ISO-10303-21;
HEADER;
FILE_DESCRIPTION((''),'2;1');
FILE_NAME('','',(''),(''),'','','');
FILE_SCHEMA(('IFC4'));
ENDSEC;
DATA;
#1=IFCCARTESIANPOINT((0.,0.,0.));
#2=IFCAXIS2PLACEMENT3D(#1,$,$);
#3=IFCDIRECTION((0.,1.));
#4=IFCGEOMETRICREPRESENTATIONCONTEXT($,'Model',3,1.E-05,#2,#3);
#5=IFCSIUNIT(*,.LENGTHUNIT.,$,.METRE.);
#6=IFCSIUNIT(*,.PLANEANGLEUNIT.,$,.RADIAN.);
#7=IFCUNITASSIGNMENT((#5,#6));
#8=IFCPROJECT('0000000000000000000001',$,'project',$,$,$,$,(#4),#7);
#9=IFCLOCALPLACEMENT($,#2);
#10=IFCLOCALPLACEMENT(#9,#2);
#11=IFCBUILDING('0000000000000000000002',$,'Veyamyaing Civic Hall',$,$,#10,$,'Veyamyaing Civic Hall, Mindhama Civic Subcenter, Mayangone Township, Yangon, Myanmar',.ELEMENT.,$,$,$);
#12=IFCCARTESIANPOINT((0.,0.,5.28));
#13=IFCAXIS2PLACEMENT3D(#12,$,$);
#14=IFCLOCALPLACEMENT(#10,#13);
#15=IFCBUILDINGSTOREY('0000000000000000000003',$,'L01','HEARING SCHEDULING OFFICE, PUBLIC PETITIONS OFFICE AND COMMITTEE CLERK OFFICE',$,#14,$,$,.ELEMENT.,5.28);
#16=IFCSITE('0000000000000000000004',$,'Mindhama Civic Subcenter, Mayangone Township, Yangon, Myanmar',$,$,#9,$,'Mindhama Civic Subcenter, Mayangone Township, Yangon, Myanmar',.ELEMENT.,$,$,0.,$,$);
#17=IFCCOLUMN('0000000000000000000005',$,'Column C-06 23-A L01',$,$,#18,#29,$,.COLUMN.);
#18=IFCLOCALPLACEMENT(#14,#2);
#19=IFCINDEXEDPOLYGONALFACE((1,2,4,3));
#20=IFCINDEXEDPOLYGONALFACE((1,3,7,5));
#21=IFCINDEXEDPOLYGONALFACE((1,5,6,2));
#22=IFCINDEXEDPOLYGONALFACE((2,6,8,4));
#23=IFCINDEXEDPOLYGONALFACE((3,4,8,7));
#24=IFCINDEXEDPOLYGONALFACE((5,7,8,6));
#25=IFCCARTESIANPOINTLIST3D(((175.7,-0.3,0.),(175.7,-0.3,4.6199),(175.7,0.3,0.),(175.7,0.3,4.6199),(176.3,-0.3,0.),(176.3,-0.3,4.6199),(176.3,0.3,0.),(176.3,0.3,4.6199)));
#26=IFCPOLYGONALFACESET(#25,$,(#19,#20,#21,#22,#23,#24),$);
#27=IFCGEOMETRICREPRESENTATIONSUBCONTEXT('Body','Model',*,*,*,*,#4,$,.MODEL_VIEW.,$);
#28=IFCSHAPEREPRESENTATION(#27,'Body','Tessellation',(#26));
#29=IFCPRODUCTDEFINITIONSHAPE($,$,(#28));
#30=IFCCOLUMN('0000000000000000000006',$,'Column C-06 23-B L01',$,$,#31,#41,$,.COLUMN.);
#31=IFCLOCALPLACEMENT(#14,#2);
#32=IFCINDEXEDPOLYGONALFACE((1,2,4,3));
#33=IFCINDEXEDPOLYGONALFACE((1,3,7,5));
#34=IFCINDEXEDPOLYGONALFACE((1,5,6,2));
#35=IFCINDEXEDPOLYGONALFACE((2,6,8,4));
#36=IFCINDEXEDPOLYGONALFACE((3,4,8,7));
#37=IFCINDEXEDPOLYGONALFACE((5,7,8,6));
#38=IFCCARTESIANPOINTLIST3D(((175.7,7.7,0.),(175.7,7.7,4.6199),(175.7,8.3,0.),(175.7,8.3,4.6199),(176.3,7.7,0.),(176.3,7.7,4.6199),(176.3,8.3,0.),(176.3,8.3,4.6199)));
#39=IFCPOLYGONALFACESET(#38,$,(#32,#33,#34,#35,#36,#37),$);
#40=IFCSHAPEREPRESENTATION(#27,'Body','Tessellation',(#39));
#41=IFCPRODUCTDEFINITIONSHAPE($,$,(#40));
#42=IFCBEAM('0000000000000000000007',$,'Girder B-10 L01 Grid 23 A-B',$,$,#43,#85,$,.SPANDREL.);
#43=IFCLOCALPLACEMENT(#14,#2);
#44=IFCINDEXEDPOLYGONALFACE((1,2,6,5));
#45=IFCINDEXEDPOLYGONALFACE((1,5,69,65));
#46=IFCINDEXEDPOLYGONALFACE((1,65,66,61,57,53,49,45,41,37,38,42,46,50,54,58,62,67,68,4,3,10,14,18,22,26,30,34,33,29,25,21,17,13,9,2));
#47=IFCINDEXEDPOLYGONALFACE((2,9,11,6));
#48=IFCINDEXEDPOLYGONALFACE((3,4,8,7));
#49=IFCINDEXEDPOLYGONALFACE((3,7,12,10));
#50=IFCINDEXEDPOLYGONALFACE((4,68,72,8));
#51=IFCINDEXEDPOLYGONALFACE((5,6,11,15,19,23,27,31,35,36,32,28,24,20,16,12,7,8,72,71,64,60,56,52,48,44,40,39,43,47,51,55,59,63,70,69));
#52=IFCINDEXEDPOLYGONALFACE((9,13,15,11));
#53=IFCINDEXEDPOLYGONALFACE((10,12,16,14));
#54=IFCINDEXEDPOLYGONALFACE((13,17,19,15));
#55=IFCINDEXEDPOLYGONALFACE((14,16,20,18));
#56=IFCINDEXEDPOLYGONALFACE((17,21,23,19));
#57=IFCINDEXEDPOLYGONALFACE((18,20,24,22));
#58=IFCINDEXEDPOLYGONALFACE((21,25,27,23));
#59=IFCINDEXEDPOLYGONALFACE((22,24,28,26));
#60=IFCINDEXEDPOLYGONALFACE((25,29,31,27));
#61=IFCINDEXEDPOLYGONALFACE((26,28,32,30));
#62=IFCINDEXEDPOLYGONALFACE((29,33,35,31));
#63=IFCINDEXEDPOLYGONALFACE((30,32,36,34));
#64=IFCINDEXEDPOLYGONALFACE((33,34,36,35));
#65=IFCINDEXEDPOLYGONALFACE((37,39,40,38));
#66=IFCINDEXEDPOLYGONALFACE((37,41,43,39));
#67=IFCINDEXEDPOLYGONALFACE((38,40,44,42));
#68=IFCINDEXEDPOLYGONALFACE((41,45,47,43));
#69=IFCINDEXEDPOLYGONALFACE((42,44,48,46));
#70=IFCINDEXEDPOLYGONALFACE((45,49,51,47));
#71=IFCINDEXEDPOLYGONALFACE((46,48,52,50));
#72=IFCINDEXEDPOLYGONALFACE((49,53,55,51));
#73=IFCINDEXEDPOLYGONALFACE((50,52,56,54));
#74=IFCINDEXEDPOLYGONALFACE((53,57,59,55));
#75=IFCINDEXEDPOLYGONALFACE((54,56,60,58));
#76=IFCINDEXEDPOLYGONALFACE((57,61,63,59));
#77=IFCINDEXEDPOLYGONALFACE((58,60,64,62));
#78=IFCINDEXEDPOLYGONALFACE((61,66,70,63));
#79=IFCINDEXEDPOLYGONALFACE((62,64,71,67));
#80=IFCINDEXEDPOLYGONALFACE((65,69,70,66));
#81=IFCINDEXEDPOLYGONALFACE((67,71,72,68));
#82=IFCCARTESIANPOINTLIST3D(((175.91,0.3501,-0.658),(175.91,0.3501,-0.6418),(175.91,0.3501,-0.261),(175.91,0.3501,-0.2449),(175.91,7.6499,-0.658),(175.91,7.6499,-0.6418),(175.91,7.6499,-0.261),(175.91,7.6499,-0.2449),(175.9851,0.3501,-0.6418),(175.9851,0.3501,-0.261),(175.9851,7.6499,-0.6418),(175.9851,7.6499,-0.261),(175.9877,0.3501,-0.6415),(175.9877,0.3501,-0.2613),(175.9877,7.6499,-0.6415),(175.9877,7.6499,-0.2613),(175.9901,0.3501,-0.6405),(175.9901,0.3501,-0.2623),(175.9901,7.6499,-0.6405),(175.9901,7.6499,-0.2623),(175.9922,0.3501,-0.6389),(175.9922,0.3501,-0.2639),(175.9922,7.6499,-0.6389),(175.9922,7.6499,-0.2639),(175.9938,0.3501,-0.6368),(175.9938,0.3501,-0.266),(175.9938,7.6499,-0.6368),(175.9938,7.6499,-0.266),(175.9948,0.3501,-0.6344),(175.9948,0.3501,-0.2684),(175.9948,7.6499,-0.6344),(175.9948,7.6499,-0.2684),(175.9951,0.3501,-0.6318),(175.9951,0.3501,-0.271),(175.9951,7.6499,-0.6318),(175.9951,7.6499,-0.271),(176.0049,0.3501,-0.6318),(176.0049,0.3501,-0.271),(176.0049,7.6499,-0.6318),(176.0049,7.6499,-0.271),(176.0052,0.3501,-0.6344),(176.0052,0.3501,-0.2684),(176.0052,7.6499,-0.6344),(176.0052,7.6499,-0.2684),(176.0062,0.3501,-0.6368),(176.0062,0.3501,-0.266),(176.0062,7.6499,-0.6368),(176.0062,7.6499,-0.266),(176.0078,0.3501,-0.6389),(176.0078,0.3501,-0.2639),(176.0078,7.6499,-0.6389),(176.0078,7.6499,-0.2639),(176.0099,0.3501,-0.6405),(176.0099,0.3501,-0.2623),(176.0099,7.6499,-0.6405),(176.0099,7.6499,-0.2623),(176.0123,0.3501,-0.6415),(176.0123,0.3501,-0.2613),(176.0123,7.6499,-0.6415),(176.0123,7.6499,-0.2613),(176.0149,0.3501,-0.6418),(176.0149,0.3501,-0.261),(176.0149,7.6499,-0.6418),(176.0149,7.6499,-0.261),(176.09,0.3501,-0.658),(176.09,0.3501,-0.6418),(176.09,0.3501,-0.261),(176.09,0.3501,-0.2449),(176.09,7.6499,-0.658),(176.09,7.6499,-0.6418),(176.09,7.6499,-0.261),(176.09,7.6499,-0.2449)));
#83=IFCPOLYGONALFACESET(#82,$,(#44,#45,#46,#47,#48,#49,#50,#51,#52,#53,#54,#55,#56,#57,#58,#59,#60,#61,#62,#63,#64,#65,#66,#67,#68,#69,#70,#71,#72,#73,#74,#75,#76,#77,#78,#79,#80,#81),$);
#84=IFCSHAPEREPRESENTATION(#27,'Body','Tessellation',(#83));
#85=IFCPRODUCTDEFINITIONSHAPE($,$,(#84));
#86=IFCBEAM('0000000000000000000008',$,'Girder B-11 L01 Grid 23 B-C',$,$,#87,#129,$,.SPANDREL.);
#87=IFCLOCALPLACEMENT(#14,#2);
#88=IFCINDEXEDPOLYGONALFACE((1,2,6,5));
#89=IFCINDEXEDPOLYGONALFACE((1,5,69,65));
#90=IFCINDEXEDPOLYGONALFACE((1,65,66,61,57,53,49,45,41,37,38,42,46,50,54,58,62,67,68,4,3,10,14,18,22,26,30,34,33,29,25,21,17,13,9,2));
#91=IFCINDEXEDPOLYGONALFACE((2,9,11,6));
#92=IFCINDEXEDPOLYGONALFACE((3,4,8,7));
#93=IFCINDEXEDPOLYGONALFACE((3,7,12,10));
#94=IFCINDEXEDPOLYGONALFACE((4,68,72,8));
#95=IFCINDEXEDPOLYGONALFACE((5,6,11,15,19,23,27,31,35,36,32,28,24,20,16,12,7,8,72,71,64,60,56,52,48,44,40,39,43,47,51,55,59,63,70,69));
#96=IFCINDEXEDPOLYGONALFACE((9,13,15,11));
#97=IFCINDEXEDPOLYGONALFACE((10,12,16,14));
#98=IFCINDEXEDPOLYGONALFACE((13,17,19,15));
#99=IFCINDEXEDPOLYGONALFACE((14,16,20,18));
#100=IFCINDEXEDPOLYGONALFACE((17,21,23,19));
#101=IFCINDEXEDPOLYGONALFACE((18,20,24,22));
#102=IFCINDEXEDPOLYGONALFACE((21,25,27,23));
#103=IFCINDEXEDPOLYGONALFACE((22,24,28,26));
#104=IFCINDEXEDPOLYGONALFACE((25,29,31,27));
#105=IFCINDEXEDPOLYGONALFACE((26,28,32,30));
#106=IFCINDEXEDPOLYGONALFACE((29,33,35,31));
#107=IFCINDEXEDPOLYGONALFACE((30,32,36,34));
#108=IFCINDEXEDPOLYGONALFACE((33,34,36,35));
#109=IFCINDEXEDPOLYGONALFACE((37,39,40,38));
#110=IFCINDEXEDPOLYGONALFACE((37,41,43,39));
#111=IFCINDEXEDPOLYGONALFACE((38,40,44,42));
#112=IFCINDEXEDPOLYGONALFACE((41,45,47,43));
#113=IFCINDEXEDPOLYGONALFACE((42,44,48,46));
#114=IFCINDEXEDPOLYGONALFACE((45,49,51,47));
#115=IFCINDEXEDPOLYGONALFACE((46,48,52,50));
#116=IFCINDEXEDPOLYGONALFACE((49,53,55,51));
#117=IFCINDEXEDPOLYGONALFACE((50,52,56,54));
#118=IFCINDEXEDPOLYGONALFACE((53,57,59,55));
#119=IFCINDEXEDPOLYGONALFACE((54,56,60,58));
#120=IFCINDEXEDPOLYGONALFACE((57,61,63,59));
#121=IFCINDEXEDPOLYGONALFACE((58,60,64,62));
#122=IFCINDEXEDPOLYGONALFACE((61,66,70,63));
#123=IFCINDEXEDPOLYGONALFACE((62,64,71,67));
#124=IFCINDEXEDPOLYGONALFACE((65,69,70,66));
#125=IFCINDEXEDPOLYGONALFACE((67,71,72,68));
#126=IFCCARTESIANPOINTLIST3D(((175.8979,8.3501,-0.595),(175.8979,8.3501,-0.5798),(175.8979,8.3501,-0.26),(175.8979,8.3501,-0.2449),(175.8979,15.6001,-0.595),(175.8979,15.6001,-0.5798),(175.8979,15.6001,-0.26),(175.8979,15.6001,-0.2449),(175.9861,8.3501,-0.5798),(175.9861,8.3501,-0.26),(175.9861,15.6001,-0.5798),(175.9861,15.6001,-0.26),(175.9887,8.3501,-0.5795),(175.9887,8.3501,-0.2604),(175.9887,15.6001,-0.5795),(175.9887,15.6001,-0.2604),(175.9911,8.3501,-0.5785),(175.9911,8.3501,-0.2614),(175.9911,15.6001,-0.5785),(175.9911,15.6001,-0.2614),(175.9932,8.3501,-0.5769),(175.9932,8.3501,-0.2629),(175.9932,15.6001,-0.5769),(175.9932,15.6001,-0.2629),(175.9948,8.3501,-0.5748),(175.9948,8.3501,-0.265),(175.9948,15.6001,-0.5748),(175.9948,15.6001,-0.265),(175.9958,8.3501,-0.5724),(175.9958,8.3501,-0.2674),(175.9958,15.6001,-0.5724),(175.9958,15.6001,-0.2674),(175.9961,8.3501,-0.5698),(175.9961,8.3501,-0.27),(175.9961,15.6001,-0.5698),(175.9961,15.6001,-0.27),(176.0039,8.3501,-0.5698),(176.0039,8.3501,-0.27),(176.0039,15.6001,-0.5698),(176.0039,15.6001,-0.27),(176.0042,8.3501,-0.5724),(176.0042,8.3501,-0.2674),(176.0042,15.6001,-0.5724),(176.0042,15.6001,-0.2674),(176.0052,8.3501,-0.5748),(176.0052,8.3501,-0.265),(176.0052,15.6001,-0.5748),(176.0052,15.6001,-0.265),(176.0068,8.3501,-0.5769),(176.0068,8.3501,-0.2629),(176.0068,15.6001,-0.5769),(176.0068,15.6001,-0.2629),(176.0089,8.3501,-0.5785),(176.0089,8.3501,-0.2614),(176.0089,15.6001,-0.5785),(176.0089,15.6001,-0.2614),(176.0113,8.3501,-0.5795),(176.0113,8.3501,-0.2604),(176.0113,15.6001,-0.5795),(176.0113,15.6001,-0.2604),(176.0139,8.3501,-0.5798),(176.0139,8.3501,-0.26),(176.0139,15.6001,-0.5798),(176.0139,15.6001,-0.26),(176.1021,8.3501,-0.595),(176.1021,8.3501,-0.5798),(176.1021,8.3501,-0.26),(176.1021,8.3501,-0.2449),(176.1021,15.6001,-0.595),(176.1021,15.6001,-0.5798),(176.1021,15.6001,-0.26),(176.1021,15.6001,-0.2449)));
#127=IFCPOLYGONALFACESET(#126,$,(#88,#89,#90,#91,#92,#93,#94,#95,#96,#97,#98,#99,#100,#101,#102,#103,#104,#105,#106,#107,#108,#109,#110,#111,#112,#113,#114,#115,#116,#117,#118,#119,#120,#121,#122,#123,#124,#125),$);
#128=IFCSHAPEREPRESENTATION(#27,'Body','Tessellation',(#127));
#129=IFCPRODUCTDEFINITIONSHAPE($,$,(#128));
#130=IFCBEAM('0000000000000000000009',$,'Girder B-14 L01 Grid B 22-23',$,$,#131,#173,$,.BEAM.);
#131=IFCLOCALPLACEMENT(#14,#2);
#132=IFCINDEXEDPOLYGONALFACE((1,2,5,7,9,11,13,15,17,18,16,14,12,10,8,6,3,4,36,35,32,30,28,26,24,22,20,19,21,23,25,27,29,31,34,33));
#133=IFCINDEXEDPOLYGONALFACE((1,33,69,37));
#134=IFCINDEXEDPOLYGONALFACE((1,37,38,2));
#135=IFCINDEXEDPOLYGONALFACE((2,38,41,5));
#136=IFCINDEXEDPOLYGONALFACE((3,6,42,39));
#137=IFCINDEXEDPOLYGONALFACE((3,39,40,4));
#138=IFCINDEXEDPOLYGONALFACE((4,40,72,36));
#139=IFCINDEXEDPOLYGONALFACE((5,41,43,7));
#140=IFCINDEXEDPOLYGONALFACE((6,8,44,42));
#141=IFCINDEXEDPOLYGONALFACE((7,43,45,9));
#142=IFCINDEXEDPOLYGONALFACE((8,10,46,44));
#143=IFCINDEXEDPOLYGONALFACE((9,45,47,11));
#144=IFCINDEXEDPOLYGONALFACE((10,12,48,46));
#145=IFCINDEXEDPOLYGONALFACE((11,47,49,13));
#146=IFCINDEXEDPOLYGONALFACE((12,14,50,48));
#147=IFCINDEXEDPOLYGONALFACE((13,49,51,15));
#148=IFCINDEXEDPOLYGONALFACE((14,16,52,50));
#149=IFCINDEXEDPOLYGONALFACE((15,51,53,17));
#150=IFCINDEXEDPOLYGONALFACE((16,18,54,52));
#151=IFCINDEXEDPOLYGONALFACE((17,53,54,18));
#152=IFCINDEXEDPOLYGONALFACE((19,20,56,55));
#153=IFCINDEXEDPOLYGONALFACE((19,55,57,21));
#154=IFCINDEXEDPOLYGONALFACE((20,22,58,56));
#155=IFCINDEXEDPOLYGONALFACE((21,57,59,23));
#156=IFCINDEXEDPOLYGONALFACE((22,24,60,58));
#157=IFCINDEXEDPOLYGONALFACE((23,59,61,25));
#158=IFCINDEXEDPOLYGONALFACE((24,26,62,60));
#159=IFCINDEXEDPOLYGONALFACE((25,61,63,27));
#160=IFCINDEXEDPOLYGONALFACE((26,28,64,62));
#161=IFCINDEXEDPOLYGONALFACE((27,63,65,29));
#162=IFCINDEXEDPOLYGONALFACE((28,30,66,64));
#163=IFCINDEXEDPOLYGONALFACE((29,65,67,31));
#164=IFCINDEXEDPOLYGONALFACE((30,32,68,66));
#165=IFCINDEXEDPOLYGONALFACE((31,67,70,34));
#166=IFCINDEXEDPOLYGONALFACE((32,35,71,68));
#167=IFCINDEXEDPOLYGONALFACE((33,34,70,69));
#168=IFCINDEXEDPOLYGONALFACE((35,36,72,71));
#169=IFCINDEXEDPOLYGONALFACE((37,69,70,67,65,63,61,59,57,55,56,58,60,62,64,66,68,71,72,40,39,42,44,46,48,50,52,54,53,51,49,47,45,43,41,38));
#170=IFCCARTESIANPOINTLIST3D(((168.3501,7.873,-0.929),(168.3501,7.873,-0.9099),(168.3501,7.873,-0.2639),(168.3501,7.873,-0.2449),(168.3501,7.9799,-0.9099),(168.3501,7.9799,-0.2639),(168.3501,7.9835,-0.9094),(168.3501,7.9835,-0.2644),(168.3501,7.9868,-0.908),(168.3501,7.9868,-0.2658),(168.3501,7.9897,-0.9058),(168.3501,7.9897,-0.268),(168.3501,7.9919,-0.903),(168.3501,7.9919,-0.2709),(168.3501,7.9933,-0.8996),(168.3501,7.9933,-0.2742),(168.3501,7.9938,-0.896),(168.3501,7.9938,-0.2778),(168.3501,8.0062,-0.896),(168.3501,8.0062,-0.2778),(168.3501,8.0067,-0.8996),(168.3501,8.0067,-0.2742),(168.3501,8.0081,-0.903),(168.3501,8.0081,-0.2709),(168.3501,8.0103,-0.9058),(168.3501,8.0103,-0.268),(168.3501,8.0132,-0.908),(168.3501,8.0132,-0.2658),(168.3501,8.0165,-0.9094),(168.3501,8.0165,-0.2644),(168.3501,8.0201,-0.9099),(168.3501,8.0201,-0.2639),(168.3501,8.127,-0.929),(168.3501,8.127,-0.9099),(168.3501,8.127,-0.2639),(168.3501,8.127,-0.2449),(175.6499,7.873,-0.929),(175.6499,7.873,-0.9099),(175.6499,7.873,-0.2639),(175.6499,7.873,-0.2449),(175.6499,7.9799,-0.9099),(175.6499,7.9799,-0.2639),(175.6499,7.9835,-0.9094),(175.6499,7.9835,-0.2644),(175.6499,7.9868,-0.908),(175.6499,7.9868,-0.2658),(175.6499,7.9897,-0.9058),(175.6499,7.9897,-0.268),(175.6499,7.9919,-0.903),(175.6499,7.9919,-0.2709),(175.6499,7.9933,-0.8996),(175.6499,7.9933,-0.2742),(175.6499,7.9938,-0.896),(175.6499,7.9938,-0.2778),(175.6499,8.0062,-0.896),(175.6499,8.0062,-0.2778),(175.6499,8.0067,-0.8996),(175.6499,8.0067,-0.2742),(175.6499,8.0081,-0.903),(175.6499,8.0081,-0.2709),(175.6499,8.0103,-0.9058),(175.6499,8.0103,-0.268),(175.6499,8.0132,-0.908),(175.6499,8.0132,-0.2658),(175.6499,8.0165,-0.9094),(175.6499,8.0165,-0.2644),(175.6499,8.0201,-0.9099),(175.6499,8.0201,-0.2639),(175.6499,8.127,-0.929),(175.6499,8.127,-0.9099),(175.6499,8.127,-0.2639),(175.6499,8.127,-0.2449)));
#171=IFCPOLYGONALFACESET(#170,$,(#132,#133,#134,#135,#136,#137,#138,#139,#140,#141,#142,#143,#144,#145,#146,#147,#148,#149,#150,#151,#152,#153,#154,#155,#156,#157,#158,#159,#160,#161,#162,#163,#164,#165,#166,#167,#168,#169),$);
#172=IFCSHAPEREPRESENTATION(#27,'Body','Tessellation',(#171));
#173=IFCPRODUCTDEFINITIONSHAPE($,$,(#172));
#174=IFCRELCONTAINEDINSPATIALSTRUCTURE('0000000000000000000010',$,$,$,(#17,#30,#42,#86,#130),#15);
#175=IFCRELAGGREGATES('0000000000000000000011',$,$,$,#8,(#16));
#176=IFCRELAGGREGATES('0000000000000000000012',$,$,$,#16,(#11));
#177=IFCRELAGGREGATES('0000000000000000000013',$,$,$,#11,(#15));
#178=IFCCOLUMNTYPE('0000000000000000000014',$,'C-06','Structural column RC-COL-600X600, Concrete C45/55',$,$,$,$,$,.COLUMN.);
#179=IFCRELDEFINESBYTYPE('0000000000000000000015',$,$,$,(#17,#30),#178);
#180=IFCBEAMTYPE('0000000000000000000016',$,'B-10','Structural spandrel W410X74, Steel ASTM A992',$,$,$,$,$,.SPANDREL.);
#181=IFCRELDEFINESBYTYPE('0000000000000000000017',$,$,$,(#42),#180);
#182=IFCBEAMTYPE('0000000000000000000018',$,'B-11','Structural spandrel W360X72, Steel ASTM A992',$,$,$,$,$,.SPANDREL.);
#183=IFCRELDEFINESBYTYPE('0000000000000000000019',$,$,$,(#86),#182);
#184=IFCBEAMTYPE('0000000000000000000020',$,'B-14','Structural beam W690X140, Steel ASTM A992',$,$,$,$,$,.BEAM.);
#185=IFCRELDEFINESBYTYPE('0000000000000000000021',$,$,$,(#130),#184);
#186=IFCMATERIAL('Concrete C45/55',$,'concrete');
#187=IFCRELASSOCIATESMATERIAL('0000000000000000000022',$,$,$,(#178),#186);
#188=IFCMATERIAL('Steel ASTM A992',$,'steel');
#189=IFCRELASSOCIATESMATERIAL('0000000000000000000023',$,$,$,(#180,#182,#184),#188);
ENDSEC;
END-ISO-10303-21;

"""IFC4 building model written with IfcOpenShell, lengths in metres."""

from ifc_helpers import new_model, si_unit, direction, frame, origin, origin_2d, place, context, subcontext, project, spatial, rectangle, i_section, extrude, material, material_profile, profile_set, type_object, element, save


model = new_model("IFC4")

# Units and contexts
model_context = context("Model", 3, precision=1e-05, world=origin(), true_north=direction((0.0, 1.0)))
body_context = subcontext(model_context, "Body", "Model", "MODEL_VIEW")
ifc_project = project(units=[si_unit("LENGTHUNIT", "METRE"), si_unit("PLANEANGLEUNIT", "RADIAN")], contexts=[model_context])

# Site, building, storey
site_placement = place(None, origin())
site = spatial("IfcSite", under=ifc_project, at=site_placement, Name="Mindhama Civic Subcenter, Mayangone Township, Yangon, Myanmar", LongName="Mindhama Civic Subcenter, Mayangone Township, Yangon, Myanmar", CompositionType="ELEMENT", RefElevation=0.0)
building_placement = place(site_placement, origin())
building = spatial("IfcBuilding", under=site, at=building_placement, Name="Veyamyaing Civic Hall", LongName="Veyamyaing Civic Hall, Mindhama Civic Subcenter, Mayangone Township, Yangon, Myanmar", CompositionType="ELEMENT")
storey_placement = place(building_placement, frame((0.0, 0.0, 5.28)))
storey = spatial("IfcBuildingStorey", under=building, at=storey_placement, Name="L01", Description="HEARING SCHEDULING OFFICE, PUBLIC PETITIONS OFFICE AND COMMITTEE CLERK OFFICE", CompositionType="ELEMENT", Elevation=5.28)

# Columns
ifc_material_1 = material(Name="Concrete C45/55", Category="concrete")
ifc_material_profile_1 = material_profile(ifc_material_1, rectangle(XDim=0.6001, YDim=0.6001, at=origin_2d()), Name="RC-COL-600X600")
ifc_profile_set_1 = profile_set([ifc_material_profile_1], Name="Concrete C45/55")
column_type = type_object("IfcColumnType", Name="C-06", Description="Structural column RC-COL-600X600, Concrete C45/55", PredefinedType="COLUMN", material=ifc_profile_set_1)
for number, where, z_axis, x_axis, name in (
    (1, (176.0, 0.0, 0.0), (0.0, 0.0, 1.0), (1.0, 0.0, 0.0), "Column C-06 23-A L01"),
    (2, (176.0, 8.0, 0.0), (0.0, 0.0, 1.0), (1.0, 0.0, 0.0), "Column C-06 23-B L01"),
):
    element("IfcColumn", number, at=place(storey_placement, frame(where, z_axis=z_axis, x_axis=x_axis)), inside=storey, type_object=column_type, Name=name, PredefinedType="COLUMN", context=body_context, shape_type="SweptSolid", body=[
        extrude(rectangle(XDim=0.6001, YDim=0.6001, at=origin_2d()), origin(), (0.0, 0.0, 1.0), 4.6199),
    ])

# Beams
ifc_material_2 = material(Name="Steel ASTM A992", Category="steel")
ifc_material_profile_2 = material_profile(ifc_material_2, i_section(OverallWidth=0.1799, OverallDepth=0.4131, WebThickness=0.0098, FlangeThickness=0.0161, FilletRadius=0.01, at=origin_2d()), Name="W410X74")
ifc_profile_set_2 = profile_set([ifc_material_profile_2], Name="Steel ASTM A992")
beam_type_1 = type_object("IfcBeamType", Name="B-10", Description="Structural spandrel W410X74, Steel ASTM A992", PredefinedType="SPANDREL", material=ifc_profile_set_2)
beam_1_placement = place(storey_placement, frame((176.0, 0.3501, -0.4514), z_axis=(0.0, 1.0, 0.0), x_axis=(-1.0, 0.0, 0.0)))
element("IfcBeam", 3, at=beam_1_placement, inside=storey, type_object=beam_type_1, Name="Girder B-10 L01 Grid 23 A-B", PredefinedType="SPANDREL", context=body_context, shape_type="SweptSolid", body=[
    extrude(i_section(OverallWidth=0.1799, OverallDepth=0.4131, WebThickness=0.0098, FlangeThickness=0.0161, FilletRadius=0.01, at=origin_2d()), origin(), (0.0, 0.0, 1.0), 7.2998),
])
ifc_material_profile_3 = material_profile(ifc_material_2, i_section(OverallWidth=0.2041, OverallDepth=0.3501, WebThickness=0.0078, FlangeThickness=0.0151, FilletRadius=0.01, at=origin_2d()), Name="W360X72")
ifc_profile_set_3 = profile_set([ifc_material_profile_3], Name="Steel ASTM A992")
beam_type_2 = type_object("IfcBeamType", Name="B-11", Description="Structural spandrel W360X72, Steel ASTM A992", PredefinedType="SPANDREL", material=ifc_profile_set_3)
beam_2_placement = place(storey_placement, frame((176.0, 8.3501, -0.4199), z_axis=(0.0, 1.0, 0.0), x_axis=(-1.0, 0.0, 0.0)))
element("IfcBeam", 4, at=beam_2_placement, inside=storey, type_object=beam_type_2, Name="Girder B-11 L01 Grid 23 B-C", PredefinedType="SPANDREL", context=body_context, shape_type="SweptSolid", body=[
    extrude(i_section(OverallWidth=0.2041, OverallDepth=0.3501, WebThickness=0.0078, FlangeThickness=0.0151, FilletRadius=0.01, at=origin_2d()), origin(), (0.0, 0.0, 1.0), 7.25),
])
ifc_material_profile_4 = material_profile(ifc_material_2, i_section(OverallWidth=0.2539, OverallDepth=0.6841, WebThickness=0.0125, FlangeThickness=0.019, FilletRadius=0.0139, at=origin_2d()), Name="W690X140")
ifc_profile_set_4 = profile_set([ifc_material_profile_4], Name="Steel ASTM A992")
beam_type_3 = type_object("IfcBeamType", Name="B-14", Description="Structural beam W690X140, Steel ASTM A992", PredefinedType="BEAM", material=ifc_profile_set_4)
beam_3_placement = place(storey_placement, frame((168.3501, 8.0, -0.5869), z_axis=(1.0, 0.0, 0.0), x_axis=(0.0, 1.0, 0.0)))
element("IfcBeam", 5, at=beam_3_placement, inside=storey, type_object=beam_type_3, Name="Girder B-14 L01 Grid B 22-23", PredefinedType="BEAM", context=body_context, shape_type="SweptSolid", body=[
    extrude(i_section(OverallWidth=0.2539, OverallDepth=0.6841, WebThickness=0.0125, FlangeThickness=0.019, FilletRadius=0.0139, at=origin_2d()), origin(), (0.0, 0.0, 1.0), 7.2998),
])

save(model, "model.ifc")
